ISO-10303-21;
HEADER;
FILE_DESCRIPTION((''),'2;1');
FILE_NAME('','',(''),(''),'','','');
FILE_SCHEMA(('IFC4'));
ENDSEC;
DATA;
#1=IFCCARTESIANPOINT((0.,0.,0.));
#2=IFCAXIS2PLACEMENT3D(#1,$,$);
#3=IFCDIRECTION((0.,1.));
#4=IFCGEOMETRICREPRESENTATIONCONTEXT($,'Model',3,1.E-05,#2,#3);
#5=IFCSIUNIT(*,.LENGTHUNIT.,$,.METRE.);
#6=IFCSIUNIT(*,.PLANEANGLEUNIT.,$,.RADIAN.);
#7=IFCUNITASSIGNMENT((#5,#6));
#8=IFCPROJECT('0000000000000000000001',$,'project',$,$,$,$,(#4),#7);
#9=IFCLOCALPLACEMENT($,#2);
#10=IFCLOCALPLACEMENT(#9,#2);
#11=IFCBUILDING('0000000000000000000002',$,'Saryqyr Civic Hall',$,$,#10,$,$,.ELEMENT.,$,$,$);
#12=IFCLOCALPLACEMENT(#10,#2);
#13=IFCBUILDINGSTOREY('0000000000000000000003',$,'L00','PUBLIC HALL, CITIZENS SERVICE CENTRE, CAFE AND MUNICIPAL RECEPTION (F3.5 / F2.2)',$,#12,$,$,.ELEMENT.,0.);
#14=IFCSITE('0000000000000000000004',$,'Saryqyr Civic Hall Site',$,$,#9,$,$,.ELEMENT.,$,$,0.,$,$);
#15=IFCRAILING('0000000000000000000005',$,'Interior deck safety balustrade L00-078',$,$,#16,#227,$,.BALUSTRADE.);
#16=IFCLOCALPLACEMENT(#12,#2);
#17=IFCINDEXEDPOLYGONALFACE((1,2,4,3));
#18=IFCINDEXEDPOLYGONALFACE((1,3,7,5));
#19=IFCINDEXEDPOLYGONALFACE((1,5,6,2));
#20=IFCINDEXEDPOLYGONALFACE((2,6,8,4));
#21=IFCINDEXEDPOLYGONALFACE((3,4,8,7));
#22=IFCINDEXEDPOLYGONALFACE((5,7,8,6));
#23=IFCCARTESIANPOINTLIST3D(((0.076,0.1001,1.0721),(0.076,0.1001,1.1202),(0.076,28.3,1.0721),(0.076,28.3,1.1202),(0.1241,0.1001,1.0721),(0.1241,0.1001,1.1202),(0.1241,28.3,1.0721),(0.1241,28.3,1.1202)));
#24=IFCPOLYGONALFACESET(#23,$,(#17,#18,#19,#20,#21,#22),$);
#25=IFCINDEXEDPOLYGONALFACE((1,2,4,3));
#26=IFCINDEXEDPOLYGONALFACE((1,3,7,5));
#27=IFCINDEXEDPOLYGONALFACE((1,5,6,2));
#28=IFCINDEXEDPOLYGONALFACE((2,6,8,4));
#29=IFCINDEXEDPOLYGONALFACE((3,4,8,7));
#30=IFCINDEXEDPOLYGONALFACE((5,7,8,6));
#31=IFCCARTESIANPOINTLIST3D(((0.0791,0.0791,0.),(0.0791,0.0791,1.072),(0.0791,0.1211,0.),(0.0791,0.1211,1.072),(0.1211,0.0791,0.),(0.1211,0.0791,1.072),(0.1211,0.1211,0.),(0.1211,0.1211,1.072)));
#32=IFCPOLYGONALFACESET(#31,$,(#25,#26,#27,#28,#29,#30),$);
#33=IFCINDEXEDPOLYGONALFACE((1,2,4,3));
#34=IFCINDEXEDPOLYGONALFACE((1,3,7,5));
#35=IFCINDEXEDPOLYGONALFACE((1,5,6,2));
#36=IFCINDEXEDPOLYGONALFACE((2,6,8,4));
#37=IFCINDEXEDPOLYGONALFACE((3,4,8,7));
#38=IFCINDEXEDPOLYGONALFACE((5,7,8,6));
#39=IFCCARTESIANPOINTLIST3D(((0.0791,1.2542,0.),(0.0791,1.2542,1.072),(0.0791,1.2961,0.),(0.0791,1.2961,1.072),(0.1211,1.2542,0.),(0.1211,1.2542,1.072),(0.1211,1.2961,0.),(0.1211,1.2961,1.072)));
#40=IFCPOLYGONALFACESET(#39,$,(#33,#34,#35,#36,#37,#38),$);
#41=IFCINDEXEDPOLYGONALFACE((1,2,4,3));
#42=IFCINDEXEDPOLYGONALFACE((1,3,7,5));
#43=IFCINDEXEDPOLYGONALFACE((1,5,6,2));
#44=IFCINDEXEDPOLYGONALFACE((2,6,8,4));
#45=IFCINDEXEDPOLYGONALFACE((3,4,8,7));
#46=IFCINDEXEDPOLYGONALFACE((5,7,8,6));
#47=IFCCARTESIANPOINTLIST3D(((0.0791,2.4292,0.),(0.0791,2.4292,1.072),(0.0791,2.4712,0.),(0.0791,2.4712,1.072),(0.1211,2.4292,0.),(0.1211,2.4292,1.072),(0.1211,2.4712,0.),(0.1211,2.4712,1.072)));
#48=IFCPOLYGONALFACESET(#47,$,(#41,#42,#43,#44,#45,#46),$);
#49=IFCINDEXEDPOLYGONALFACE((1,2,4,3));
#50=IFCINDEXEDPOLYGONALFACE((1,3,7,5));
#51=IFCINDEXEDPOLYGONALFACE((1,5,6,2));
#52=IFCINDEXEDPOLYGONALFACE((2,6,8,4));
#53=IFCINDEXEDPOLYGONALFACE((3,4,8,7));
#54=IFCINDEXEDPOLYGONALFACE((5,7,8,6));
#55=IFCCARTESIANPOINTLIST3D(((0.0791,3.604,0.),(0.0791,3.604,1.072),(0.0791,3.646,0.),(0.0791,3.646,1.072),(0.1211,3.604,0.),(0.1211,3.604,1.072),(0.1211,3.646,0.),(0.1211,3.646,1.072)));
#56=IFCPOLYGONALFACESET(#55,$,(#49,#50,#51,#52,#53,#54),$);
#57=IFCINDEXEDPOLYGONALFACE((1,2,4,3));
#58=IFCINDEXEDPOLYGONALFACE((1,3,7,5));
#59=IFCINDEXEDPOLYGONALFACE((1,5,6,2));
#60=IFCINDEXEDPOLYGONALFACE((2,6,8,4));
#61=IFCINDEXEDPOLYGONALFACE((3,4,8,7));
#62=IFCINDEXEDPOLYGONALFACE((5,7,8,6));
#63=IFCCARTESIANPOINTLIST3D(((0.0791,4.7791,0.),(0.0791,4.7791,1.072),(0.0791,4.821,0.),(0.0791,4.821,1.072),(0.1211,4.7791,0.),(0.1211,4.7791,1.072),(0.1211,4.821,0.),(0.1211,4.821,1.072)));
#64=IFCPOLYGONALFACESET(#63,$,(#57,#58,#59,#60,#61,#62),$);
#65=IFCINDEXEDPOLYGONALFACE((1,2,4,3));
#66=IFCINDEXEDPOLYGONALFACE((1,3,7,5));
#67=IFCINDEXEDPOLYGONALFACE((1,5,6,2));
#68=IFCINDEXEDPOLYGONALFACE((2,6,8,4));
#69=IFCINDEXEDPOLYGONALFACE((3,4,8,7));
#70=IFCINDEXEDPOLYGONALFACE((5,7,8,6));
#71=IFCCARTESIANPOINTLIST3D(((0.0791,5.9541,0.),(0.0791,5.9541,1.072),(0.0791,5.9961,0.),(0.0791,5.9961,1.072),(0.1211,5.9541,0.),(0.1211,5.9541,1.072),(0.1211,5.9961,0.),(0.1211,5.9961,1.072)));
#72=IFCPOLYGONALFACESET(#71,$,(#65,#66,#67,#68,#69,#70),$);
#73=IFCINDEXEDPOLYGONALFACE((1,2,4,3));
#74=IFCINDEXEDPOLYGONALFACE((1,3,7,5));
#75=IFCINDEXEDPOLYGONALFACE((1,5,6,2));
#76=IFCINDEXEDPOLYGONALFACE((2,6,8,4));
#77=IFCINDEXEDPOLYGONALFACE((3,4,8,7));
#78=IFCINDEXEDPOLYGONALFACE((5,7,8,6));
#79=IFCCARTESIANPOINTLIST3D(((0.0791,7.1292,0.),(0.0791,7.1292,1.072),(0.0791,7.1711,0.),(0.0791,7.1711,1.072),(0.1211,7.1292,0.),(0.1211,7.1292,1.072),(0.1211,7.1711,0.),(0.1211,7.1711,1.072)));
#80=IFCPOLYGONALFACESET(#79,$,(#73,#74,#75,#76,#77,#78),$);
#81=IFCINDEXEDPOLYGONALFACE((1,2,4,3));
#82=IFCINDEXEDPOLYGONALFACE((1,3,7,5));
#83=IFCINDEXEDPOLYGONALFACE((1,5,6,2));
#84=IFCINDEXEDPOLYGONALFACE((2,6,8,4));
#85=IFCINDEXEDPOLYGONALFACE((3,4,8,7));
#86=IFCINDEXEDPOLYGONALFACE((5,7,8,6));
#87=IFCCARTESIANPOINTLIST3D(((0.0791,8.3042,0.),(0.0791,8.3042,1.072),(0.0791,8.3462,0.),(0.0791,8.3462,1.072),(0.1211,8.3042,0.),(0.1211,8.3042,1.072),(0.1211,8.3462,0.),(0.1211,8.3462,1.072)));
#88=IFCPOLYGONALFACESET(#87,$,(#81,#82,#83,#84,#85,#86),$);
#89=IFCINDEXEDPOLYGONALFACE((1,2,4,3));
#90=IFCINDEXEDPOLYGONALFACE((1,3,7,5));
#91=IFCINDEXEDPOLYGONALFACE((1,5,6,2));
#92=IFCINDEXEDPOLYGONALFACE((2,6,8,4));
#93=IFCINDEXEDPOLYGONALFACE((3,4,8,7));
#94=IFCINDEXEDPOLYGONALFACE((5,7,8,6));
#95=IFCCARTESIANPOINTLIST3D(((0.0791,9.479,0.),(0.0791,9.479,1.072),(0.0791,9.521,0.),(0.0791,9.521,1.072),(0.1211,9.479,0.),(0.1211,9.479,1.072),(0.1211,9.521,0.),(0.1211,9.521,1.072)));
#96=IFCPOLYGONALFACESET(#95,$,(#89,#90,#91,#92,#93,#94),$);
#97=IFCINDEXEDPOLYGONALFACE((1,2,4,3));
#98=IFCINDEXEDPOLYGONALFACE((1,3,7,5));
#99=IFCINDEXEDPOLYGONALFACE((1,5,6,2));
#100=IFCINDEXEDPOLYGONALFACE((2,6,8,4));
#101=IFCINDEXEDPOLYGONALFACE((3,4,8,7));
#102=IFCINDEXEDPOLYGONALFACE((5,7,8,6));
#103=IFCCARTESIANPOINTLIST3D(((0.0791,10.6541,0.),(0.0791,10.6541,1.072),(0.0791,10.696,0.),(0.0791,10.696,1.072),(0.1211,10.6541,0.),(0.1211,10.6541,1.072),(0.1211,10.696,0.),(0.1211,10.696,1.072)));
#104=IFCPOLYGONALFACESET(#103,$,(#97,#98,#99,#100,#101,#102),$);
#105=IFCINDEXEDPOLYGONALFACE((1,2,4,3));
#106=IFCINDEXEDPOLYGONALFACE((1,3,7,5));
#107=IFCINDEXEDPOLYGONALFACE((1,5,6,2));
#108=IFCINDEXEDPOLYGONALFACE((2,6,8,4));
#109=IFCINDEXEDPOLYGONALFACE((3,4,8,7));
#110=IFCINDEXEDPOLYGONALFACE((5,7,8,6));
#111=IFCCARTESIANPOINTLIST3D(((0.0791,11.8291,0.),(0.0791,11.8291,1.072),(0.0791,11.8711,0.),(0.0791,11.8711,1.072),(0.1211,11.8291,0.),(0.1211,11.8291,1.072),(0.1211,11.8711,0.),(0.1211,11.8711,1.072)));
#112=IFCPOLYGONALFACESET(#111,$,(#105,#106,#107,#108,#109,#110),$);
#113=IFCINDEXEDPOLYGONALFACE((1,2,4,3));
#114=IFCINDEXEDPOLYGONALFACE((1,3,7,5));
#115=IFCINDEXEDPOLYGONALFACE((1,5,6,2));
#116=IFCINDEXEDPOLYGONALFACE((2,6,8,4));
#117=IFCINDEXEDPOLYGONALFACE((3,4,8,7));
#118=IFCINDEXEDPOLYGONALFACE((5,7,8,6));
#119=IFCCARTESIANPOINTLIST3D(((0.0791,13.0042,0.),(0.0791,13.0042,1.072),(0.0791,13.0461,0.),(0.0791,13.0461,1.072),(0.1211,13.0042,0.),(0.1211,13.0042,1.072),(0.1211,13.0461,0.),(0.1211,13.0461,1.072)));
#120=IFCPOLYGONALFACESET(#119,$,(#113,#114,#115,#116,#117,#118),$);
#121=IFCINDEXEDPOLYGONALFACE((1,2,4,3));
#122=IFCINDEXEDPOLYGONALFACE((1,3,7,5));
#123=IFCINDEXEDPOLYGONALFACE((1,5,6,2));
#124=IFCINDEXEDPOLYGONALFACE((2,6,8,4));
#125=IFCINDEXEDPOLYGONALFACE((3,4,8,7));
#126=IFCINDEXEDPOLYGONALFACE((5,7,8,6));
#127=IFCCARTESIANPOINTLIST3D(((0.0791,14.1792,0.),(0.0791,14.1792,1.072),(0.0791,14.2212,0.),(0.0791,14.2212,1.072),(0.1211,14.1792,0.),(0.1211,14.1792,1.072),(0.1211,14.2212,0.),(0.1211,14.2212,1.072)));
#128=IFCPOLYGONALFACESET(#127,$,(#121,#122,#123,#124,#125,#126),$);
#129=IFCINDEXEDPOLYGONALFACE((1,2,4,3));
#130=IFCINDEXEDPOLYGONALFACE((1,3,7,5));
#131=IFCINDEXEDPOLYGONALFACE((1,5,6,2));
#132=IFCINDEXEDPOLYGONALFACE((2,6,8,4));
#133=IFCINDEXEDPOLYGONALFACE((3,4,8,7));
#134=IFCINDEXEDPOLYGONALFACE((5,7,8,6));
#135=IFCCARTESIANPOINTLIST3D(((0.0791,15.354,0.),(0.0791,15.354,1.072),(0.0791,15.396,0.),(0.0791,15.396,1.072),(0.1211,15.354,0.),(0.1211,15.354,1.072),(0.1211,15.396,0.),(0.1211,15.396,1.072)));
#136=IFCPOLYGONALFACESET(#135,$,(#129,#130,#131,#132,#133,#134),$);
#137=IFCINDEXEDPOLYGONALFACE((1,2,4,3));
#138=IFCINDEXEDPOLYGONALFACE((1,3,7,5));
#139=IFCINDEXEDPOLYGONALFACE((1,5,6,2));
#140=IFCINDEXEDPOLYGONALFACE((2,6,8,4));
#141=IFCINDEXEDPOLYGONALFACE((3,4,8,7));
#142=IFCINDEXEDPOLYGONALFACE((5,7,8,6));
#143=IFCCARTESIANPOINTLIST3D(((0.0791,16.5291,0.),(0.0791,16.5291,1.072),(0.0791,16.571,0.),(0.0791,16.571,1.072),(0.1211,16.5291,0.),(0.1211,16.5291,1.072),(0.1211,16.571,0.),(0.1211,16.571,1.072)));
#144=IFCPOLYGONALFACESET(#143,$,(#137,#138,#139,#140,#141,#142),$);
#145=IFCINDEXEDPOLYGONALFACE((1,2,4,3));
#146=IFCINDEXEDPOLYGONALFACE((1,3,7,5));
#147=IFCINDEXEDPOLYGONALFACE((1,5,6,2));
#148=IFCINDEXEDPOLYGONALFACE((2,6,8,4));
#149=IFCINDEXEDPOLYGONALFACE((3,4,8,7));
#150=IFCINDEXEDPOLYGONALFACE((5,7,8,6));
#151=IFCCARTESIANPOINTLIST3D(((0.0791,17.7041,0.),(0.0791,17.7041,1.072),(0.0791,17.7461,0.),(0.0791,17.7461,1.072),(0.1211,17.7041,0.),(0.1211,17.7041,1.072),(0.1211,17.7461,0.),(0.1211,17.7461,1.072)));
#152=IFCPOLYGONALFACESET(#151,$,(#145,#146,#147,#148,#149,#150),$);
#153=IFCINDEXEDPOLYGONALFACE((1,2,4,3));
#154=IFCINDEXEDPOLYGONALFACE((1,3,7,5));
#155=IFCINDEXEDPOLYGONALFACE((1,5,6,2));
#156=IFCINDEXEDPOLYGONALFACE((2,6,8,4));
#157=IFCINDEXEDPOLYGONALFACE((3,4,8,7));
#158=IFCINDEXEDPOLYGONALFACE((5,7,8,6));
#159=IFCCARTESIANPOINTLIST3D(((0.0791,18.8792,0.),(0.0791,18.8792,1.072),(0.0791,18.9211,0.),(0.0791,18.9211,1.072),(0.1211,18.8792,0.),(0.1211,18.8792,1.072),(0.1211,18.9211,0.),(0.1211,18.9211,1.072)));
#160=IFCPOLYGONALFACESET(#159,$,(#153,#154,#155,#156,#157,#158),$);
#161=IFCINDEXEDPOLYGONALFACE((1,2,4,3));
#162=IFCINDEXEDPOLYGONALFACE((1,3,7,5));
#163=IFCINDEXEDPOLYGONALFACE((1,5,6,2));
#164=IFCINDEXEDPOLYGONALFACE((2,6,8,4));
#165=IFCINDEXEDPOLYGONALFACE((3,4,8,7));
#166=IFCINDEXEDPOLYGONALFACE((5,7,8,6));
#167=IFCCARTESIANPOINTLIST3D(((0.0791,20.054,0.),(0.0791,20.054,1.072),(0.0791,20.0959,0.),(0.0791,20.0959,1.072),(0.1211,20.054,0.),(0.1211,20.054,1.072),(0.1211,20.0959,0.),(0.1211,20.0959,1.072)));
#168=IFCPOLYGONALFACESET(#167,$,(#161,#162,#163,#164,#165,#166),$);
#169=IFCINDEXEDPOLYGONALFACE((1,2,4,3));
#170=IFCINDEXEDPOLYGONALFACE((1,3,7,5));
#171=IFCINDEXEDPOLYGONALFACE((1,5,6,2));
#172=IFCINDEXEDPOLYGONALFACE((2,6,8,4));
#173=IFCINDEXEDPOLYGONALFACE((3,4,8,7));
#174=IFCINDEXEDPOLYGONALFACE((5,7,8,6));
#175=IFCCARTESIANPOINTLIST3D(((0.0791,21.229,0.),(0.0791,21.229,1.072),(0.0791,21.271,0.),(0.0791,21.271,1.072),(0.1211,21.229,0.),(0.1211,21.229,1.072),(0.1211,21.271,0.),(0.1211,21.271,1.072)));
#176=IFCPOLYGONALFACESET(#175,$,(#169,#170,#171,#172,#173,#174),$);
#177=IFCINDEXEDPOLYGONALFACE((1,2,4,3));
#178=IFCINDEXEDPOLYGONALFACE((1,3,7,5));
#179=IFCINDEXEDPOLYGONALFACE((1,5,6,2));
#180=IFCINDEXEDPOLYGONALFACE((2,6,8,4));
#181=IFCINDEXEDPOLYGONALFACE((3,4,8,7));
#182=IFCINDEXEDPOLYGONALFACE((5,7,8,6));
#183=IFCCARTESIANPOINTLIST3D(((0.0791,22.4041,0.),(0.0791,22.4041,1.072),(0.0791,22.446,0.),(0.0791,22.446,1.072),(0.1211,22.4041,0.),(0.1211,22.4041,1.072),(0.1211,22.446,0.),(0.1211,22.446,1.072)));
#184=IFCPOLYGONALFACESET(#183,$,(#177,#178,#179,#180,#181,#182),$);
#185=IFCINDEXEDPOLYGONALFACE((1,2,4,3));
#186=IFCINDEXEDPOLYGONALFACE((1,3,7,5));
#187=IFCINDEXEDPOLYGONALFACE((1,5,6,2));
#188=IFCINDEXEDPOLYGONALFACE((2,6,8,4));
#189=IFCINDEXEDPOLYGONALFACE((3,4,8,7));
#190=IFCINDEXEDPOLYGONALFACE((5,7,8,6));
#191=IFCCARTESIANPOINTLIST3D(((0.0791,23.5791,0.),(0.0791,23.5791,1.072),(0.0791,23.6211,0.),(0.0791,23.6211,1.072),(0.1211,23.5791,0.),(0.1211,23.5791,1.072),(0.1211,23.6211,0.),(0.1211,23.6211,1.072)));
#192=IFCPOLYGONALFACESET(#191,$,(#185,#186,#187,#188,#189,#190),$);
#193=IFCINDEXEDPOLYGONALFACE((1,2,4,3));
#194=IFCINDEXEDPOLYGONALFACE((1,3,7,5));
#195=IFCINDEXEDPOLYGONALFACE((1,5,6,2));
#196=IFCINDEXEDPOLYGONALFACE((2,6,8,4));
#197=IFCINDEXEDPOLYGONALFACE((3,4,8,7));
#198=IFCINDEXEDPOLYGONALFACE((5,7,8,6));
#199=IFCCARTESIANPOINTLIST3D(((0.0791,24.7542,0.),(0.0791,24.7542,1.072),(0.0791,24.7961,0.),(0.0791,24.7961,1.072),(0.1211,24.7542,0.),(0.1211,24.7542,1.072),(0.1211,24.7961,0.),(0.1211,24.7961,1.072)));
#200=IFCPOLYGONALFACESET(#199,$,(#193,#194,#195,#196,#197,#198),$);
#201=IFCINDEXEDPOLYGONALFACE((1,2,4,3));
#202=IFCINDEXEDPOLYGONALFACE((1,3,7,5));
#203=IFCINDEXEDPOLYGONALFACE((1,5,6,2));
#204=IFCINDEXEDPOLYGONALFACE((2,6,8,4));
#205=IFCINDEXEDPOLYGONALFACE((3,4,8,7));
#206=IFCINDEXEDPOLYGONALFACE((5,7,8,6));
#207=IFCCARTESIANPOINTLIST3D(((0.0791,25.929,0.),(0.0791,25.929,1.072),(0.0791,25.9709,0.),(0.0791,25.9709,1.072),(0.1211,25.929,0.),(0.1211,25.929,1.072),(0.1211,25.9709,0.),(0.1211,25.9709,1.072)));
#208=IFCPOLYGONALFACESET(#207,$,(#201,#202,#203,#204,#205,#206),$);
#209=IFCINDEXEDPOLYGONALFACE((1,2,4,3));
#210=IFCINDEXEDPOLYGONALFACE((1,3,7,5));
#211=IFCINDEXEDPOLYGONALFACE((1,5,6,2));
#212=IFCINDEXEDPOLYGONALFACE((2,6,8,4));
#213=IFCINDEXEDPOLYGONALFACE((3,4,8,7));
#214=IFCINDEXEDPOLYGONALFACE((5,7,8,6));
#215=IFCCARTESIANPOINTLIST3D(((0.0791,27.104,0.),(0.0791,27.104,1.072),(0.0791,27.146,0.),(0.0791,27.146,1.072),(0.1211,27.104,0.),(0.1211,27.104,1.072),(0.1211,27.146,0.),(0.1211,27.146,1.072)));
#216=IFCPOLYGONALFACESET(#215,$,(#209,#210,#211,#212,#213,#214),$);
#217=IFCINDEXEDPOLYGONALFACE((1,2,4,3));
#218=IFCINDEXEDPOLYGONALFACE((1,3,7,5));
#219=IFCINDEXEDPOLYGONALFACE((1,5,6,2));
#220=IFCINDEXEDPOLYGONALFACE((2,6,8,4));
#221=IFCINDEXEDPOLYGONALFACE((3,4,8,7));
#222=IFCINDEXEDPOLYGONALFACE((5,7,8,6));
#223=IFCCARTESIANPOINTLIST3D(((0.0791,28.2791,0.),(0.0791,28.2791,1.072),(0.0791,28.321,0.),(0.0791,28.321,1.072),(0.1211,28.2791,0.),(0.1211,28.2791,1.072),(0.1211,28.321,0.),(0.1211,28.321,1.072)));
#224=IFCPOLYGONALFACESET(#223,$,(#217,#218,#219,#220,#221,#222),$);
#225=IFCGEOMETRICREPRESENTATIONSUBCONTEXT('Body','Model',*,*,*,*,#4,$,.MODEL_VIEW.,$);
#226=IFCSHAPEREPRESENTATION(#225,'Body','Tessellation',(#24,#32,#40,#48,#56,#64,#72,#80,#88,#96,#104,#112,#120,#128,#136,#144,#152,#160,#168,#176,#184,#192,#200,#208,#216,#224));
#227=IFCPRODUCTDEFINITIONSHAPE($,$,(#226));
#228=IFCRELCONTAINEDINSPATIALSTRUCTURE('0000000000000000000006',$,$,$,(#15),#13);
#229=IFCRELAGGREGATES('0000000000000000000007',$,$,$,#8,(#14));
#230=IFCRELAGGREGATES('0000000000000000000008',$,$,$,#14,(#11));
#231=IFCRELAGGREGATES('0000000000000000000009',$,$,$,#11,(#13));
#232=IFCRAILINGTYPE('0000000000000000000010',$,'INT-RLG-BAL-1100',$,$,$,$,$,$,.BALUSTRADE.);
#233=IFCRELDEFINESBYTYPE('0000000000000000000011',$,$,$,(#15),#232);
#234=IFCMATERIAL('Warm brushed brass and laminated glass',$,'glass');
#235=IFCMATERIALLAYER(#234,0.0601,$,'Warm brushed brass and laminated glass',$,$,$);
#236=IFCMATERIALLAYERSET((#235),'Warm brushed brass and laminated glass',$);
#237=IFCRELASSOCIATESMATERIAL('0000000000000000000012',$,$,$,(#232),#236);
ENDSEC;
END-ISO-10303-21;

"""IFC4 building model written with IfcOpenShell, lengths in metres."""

from ifc_helpers import new_model, si_unit, direction, frame, origin, origin_2d, place, context, subcontext, project, spatial, rectangle, extrude, material, layer, layer_set, type_object, element, save


model = new_model("IFC4")

# Units and contexts
model_context = context("Model", 3, precision=1e-05, world=origin(), true_north=direction((0.0, 1.0)))
body_context = subcontext(model_context, "Body", "Model", "MODEL_VIEW")
ifc_project = project(units=[si_unit("LENGTHUNIT", "METRE"), si_unit("PLANEANGLEUNIT", "RADIAN")], contexts=[model_context])

# Site, building, storey
site_placement = place(None, origin())
site = spatial("IfcSite", under=ifc_project, at=site_placement, Name="Saryqyr Civic Hall Site", CompositionType="ELEMENT", RefElevation=0.0)
building_placement = place(site_placement, origin())
building = spatial("IfcBuilding", under=site, at=building_placement, Name="Saryqyr Civic Hall", CompositionType="ELEMENT")
storey_placement = place(building_placement, origin())
storey = spatial("IfcBuildingStorey", under=building, at=storey_placement, Name="L00", Description="PUBLIC HALL, CITIZENS SERVICE CENTRE, CAFE AND MUNICIPAL RECEPTION (F3.5 / F2.2)", CompositionType="ELEMENT", Elevation=0.0)

# Railing
ifc_material_1 = material(Name="Warm brushed brass and laminated glass", Category="glass")
ifc_layer_1 = layer(ifc_material_1, 0.0601, Name="Warm brushed brass and laminated glass")
ifc_layer_set_1 = layer_set([ifc_layer_1], Name="Warm brushed brass and laminated glass")
railing_type = type_object("IfcRailingType", Name="INT-RLG-BAL-1100", PredefinedType="BALUSTRADE", material=ifc_layer_set_1)
railing_placement = place(storey_placement, frame((0.1001, 0.1001, 0.0)))
element("IfcRailing", 1, at=railing_placement, inside=storey, type_object=railing_type, Name="Interior deck safety balustrade L00-078", PredefinedType="BALUSTRADE", context=body_context, shape_type="SweptSolid", body=[
    extrude(rectangle(XDim=0.0481, YDim=0.0481, at=origin_2d()), frame((0.0, 0.0, 1.0962), z_axis=(0.0, 1.0, 0.0), x_axis=(-1.0, 0.0, 0.0)), (0.0, 0.0, 1.0), 28.2),
    extrude(rectangle(XDim=0.042, YDim=0.042, at=origin_2d()), origin(), (0.0, 0.0, 1.0), 1.072),
    extrude(rectangle(XDim=0.042, YDim=0.042, at=origin_2d()), frame((0.0, 1.175, 0.0)), (0.0, 0.0, 1.0), 1.072),
    extrude(rectangle(XDim=0.042, YDim=0.042, at=origin_2d()), frame((0.0, 2.3501, 0.0)), (0.0, 0.0, 1.0), 1.072),
    extrude(rectangle(XDim=0.042, YDim=0.042, at=origin_2d()), frame((0.0, 3.5249, 0.0)), (0.0, 0.0, 1.0), 1.072),
    extrude(rectangle(XDim=0.042, YDim=0.042, at=origin_2d()), frame((0.0, 4.7, 0.0)), (0.0, 0.0, 1.0), 1.072),
    extrude(rectangle(XDim=0.042, YDim=0.042, at=origin_2d()), frame((0.0, 5.875, 0.0)), (0.0, 0.0, 1.0), 1.072),
    extrude(rectangle(XDim=0.042, YDim=0.042, at=origin_2d()), frame((0.0, 7.05, 0.0)), (0.0, 0.0, 1.0), 1.072),
    extrude(rectangle(XDim=0.042, YDim=0.042, at=origin_2d()), frame((0.0, 8.2251, 0.0)), (0.0, 0.0, 1.0), 1.072),
    extrude(rectangle(XDim=0.042, YDim=0.042, at=origin_2d()), frame((0.0, 9.3999, 0.0)), (0.0, 0.0, 1.0), 1.072),
    extrude(rectangle(XDim=0.042, YDim=0.042, at=origin_2d()), frame((0.0, 10.575, 0.0)), (0.0, 0.0, 1.0), 1.072),
    extrude(rectangle(XDim=0.042, YDim=0.042, at=origin_2d()), frame((0.0, 11.75, 0.0)), (0.0, 0.0, 1.0), 1.072),
    extrude(rectangle(XDim=0.042, YDim=0.042, at=origin_2d()), frame((0.0, 12.925, 0.0)), (0.0, 0.0, 1.0), 1.072),
    extrude(rectangle(XDim=0.042, YDim=0.042, at=origin_2d()), frame((0.0, 14.1001, 0.0)), (0.0, 0.0, 1.0), 1.072),
    extrude(rectangle(XDim=0.042, YDim=0.042, at=origin_2d()), frame((0.0, 15.2749, 0.0)), (0.0, 0.0, 1.0), 1.072),
    extrude(rectangle(XDim=0.042, YDim=0.042, at=origin_2d()), frame((0.0, 16.45, 0.0)), (0.0, 0.0, 1.0), 1.072),
    extrude(rectangle(XDim=0.042, YDim=0.042, at=origin_2d()), frame((0.0, 17.625, 0.0)), (0.0, 0.0, 1.0), 1.072),
    extrude(rectangle(XDim=0.042, YDim=0.042, at=origin_2d()), frame((0.0, 18.8, 0.0)), (0.0, 0.0, 1.0), 1.072),
    extrude(rectangle(XDim=0.042, YDim=0.042, at=origin_2d()), frame((0.0, 19.9749, 0.0)), (0.0, 0.0, 1.0), 1.072),
    extrude(rectangle(XDim=0.042, YDim=0.042, at=origin_2d()), frame((0.0, 21.1499, 0.0)), (0.0, 0.0, 1.0), 1.072),
    extrude(rectangle(XDim=0.042, YDim=0.042, at=origin_2d()), frame((0.0, 22.325, 0.0)), (0.0, 0.0, 1.0), 1.072),
    extrude(rectangle(XDim=0.042, YDim=0.042, at=origin_2d()), frame((0.0, 23.5, 0.0)), (0.0, 0.0, 1.0), 1.072),
    extrude(rectangle(XDim=0.042, YDim=0.042, at=origin_2d()), frame((0.0, 24.675, 0.0)), (0.0, 0.0, 1.0), 1.072),
    extrude(rectangle(XDim=0.042, YDim=0.042, at=origin_2d()), frame((0.0, 25.8499, 0.0)), (0.0, 0.0, 1.0), 1.072),
    extrude(rectangle(XDim=0.042, YDim=0.042, at=origin_2d()), frame((0.0, 27.0249, 0.0)), (0.0, 0.0, 1.0), 1.072),
    extrude(rectangle(XDim=0.042, YDim=0.042, at=origin_2d()), frame((0.0, 28.2, 0.0)), (0.0, 0.0, 1.0), 1.072),
])

save(model, "model.ifc")
